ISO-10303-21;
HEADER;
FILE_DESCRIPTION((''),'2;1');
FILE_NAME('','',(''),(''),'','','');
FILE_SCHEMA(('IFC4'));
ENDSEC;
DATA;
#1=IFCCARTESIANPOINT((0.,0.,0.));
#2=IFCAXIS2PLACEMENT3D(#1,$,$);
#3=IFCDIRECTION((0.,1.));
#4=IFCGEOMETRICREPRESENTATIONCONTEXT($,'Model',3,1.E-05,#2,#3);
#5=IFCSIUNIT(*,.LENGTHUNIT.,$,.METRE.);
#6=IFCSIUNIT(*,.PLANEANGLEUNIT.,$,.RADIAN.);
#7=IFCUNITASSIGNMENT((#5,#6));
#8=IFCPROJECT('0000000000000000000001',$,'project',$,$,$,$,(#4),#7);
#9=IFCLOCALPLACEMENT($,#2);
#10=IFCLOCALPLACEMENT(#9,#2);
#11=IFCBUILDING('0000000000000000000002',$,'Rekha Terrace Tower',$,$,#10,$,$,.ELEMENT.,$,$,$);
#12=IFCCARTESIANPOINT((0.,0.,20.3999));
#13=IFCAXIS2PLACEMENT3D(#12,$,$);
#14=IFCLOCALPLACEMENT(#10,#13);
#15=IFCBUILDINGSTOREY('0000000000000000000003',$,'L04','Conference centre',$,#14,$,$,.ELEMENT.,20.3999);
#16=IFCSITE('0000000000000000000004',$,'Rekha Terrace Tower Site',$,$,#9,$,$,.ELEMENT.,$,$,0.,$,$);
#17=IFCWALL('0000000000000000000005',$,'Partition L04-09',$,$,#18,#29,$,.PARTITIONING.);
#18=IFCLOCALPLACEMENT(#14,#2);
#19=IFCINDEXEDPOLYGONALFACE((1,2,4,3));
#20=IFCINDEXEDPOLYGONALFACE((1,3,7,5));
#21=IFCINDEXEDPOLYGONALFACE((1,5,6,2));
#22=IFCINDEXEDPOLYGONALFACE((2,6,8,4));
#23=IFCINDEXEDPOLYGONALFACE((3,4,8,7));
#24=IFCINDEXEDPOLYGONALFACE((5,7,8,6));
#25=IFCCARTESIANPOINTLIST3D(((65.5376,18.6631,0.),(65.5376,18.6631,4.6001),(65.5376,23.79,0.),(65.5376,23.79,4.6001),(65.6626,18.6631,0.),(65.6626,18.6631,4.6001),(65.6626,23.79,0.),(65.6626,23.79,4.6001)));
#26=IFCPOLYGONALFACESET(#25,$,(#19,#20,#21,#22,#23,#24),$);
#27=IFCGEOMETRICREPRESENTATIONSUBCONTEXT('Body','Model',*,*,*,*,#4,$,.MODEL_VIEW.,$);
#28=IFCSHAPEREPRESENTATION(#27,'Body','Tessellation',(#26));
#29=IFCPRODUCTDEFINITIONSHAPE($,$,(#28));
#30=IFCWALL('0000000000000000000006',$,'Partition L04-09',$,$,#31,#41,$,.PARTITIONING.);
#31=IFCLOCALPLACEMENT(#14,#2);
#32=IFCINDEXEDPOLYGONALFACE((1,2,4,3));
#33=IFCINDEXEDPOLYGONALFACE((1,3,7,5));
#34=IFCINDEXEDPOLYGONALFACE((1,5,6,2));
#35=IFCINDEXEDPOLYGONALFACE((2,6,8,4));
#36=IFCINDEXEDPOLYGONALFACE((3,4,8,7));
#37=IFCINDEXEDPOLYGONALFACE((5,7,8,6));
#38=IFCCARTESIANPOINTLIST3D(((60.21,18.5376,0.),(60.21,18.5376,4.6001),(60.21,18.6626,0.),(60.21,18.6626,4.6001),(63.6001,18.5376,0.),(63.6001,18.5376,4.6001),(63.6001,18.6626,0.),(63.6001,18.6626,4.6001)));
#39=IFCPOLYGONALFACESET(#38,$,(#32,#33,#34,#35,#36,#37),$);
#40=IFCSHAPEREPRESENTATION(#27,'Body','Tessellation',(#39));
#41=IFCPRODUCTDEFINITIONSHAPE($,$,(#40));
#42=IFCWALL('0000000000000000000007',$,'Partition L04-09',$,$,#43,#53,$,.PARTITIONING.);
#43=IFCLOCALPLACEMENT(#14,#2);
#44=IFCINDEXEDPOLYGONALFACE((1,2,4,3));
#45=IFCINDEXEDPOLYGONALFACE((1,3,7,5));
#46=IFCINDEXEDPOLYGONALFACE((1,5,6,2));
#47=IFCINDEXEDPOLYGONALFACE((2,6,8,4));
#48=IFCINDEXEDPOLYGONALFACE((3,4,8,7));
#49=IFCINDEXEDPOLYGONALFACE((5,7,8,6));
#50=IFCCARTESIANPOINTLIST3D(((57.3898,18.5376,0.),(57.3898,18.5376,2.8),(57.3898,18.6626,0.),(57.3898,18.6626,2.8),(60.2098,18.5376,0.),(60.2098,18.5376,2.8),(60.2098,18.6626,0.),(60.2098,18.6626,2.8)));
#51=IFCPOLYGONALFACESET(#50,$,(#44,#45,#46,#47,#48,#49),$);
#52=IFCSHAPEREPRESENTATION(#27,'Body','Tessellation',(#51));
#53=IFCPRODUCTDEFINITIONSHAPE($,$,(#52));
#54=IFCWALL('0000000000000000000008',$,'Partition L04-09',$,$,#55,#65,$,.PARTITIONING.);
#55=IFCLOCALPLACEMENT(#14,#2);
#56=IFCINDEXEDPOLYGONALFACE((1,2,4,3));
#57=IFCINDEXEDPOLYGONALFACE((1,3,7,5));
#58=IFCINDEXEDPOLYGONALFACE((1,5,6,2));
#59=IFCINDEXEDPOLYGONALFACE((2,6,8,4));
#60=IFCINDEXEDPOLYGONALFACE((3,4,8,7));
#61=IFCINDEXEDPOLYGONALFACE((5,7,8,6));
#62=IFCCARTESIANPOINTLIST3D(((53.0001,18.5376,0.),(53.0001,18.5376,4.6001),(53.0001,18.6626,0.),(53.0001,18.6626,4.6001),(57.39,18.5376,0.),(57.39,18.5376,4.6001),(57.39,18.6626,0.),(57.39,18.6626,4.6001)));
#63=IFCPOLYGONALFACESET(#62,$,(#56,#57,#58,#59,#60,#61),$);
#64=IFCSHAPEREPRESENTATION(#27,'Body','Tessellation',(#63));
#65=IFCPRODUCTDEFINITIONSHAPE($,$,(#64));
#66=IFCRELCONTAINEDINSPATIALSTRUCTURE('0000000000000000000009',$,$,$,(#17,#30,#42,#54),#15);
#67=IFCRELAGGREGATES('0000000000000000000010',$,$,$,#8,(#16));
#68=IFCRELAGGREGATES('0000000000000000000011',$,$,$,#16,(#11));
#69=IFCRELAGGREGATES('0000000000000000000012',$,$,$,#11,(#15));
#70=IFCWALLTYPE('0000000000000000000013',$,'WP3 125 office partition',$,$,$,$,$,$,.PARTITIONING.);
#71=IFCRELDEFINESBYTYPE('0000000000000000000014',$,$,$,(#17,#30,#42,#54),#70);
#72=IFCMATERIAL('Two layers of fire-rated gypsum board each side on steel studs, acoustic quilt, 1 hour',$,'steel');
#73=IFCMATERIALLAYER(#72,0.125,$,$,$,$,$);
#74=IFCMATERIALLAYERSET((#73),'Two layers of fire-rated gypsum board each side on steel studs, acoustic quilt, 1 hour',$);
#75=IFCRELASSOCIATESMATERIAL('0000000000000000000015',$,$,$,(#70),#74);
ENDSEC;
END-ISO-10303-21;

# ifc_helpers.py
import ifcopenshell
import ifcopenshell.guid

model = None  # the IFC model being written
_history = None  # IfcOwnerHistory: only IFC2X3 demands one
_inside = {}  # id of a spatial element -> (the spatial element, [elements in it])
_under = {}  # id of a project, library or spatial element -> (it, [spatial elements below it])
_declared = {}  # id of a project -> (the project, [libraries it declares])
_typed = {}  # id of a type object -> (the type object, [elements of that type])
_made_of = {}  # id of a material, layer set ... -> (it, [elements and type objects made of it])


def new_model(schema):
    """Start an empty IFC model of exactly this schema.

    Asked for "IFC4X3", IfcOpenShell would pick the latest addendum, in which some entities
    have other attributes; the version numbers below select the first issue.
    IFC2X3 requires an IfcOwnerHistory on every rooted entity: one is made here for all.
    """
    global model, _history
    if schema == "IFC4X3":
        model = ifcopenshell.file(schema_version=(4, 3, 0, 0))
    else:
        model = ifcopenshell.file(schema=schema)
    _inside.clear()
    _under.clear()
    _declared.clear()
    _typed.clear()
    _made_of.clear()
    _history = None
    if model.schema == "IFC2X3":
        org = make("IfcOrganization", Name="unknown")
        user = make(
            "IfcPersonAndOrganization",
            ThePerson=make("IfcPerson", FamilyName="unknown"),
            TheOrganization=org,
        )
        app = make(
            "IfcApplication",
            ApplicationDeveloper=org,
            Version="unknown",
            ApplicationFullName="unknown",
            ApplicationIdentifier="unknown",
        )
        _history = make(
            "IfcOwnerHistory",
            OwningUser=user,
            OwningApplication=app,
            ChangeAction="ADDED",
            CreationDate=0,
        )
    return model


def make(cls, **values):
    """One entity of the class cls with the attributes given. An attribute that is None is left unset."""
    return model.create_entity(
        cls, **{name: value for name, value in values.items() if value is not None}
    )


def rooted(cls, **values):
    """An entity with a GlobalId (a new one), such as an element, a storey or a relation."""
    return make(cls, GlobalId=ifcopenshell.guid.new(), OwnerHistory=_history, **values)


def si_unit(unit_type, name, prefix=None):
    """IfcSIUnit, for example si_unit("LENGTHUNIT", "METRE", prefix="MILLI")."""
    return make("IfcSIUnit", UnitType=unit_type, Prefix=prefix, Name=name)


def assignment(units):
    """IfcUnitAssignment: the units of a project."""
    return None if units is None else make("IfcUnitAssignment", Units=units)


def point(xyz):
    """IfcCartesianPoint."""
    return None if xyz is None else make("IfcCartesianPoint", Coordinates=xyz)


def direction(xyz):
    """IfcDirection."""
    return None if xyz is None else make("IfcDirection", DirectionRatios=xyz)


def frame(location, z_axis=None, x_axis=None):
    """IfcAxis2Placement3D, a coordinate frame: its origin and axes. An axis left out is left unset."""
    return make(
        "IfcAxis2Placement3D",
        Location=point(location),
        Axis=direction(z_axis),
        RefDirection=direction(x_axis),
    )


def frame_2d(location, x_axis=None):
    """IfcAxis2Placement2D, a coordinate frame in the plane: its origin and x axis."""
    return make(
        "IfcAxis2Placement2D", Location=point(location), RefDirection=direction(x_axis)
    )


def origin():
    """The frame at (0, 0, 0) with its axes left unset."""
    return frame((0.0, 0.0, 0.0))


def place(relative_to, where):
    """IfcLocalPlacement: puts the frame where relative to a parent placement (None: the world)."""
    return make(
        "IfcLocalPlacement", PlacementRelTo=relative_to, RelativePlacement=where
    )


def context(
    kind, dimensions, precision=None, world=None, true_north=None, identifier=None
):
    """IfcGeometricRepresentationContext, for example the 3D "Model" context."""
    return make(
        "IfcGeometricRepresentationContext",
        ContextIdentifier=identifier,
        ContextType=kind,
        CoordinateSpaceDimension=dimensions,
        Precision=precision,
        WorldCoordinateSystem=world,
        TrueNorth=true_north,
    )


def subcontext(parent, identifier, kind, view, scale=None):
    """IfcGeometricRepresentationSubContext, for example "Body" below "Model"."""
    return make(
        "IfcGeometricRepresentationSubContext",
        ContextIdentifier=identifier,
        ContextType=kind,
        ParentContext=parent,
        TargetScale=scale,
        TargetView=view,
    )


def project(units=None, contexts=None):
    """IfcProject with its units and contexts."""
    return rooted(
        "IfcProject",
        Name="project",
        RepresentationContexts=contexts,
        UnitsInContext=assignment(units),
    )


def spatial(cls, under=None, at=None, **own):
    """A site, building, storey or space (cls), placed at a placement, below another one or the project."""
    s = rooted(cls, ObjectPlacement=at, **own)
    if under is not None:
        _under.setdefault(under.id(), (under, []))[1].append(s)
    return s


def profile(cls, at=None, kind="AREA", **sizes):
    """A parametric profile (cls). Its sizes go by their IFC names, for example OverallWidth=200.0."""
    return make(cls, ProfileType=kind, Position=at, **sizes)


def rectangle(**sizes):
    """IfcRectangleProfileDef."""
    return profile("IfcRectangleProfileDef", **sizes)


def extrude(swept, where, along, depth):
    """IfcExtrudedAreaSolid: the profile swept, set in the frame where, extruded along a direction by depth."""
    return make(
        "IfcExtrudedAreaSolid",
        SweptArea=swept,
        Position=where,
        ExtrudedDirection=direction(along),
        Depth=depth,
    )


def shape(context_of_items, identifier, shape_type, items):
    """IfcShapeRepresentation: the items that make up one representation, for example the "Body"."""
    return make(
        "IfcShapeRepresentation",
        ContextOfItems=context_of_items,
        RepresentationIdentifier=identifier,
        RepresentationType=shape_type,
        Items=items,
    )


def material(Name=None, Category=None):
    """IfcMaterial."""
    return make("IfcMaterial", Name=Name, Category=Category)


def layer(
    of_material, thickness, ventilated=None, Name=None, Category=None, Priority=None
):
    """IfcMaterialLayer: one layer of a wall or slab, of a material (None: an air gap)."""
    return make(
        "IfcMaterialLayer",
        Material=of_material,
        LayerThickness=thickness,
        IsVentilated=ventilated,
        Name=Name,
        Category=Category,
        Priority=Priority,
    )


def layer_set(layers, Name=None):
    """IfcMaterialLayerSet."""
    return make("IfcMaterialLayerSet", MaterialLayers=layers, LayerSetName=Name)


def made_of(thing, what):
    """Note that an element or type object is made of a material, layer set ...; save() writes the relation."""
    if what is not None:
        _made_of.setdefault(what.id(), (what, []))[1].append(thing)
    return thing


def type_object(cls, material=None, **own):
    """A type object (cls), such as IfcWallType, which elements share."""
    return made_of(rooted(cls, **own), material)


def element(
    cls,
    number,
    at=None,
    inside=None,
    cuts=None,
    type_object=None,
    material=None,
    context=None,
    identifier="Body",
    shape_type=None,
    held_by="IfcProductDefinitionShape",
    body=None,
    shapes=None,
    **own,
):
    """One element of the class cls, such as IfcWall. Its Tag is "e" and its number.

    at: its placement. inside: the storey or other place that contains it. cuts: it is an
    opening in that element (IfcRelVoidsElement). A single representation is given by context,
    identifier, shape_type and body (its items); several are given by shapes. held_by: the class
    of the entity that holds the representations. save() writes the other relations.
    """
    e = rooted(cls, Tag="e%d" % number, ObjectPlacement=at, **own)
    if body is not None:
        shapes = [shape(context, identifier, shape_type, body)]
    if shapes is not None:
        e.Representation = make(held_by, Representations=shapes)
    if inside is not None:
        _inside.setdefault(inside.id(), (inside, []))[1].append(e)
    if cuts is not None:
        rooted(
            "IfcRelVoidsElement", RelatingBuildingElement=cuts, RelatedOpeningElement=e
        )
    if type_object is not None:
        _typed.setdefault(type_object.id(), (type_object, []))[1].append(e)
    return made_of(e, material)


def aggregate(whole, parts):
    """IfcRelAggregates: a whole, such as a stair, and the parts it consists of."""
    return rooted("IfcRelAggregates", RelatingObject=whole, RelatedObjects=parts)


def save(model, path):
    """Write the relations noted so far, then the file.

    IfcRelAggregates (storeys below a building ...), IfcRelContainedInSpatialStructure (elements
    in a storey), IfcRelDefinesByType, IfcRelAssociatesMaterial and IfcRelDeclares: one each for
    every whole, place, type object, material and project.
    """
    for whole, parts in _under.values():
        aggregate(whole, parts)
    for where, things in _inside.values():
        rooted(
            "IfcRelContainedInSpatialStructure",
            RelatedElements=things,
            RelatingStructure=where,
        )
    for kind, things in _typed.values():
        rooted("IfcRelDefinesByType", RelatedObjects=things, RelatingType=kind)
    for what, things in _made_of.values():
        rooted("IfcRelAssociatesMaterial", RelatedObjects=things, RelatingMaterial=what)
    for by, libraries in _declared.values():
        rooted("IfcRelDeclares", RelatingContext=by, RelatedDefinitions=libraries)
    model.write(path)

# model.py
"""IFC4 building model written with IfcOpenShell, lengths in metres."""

from ifc_helpers import new_model, si_unit, direction, frame, frame_2d, origin, place, context, subcontext, project, spatial, rectangle, extrude, material, layer, layer_set, type_object, element, save


model = new_model("IFC4")

# Units and contexts
model_context = context("Model", 3, precision=1e-05, world=origin(), true_north=direction((0.0, 1.0)))
body_context = subcontext(model_context, "Body", "Model", "MODEL_VIEW")
ifc_project = project(units=[si_unit("LENGTHUNIT", "METRE"), si_unit("PLANEANGLEUNIT", "RADIAN")], contexts=[model_context])

# Site, building, storey
site_placement = place(None, origin())
site = spatial("IfcSite", under=ifc_project, at=site_placement, Name="Rekha Terrace Tower Site", CompositionType="ELEMENT", RefElevation=0.0)
building_placement = place(site_placement, origin())
building = spatial("IfcBuilding", under=site, at=building_placement, Name="Rekha Terrace Tower", CompositionType="ELEMENT")
storey_placement = place(building_placement, frame((0.0, 0.0, 20.3999)))
storey = spatial("IfcBuildingStorey", under=building, at=storey_placement, Name="L04", Description="Conference centre", CompositionType="ELEMENT", Elevation=20.3999)

# Walls
ifc_material_1 = material(Name="Two layers of fire-rated gypsum board each side on steel studs, acoustic quilt, 1 hour", Category="steel")
ifc_layer_1 = layer(ifc_material_1, 0.125)
ifc_layer_set_1 = layer_set([ifc_layer_1], Name="Two layers of fire-rated gypsum board each side on steel studs, acoustic quilt, 1 hour")
wall_type_1 = type_object("IfcWallType", Name="WP3 125 office partition", PredefinedType="PARTITIONING", material=ifc_layer_set_1)
wall_1_placement = place(storey_placement, frame((65.6001, 23.79, 0.0), z_axis=(0.0, 0.0, 1.0), x_axis=(0.0, -1.0, 0.0)))
element("IfcWall", 1, at=wall_1_placement, inside=storey, type_object=wall_type_1, Name="Partition L04-09", PredefinedType="PARTITIONING", context=body_context, shape_type="SweptSolid", body=[
    extrude(rectangle(XDim=5.127, YDim=0.125, at=frame_2d((2.5635, 0.0))), origin(), (0.0, 0.0, 1.0), 4.6001),
])
wall_2_placement = place(storey_placement, frame((63.6001, 18.6001, 0.0), z_axis=(0.0, 0.0, 1.0), x_axis=(-1.0, 0.0, 0.0)))
element("IfcWall", 2, at=wall_2_placement, inside=storey, type_object=wall_type_1, Name="Partition L04-09", PredefinedType="PARTITIONING", context=body_context, shape_type="SweptSolid", body=[
    extrude(rectangle(XDim=3.3901, YDim=0.125, at=frame_2d((1.6951, 0.0))), origin(), (0.0, 0.0, 1.0), 4.6001),
])
wall_3_placement = place(storey_placement, frame((60.21, 18.6001, 0.0), z_axis=(0.0, 0.0, 1.0), x_axis=(-1.0, 0.0, 0.0)))
element("IfcWall", 3, at=wall_3_placement, inside=storey, type_object=wall_type_1, Name="Partition L04-09", PredefinedType="PARTITIONING", context=body_context, shape_type="SweptSolid", body=[
    extrude(rectangle(XDim=2.8201, YDim=0.125, at=frame_2d((1.4102, 0.0))), origin(), (0.0, 0.0, 1.0), 2.8),
])
wall_4_placement = place(storey_placement, frame((57.3899, 18.6001, 0.0), z_axis=(0.0, 0.0, 1.0), x_axis=(-1.0, 0.0, 0.0)))
element("IfcWall", 4, at=wall_4_placement, inside=storey, type_object=wall_type_1, Name="Partition L04-09", PredefinedType="PARTITIONING", context=body_context, shape_type="SweptSolid", body=[
    extrude(rectangle(XDim=4.3899, YDim=0.125, at=frame_2d((2.1948, 0.0))), origin(), (0.0, 0.0, 1.0), 4.6001),
])

save(model, "model.ifc")
